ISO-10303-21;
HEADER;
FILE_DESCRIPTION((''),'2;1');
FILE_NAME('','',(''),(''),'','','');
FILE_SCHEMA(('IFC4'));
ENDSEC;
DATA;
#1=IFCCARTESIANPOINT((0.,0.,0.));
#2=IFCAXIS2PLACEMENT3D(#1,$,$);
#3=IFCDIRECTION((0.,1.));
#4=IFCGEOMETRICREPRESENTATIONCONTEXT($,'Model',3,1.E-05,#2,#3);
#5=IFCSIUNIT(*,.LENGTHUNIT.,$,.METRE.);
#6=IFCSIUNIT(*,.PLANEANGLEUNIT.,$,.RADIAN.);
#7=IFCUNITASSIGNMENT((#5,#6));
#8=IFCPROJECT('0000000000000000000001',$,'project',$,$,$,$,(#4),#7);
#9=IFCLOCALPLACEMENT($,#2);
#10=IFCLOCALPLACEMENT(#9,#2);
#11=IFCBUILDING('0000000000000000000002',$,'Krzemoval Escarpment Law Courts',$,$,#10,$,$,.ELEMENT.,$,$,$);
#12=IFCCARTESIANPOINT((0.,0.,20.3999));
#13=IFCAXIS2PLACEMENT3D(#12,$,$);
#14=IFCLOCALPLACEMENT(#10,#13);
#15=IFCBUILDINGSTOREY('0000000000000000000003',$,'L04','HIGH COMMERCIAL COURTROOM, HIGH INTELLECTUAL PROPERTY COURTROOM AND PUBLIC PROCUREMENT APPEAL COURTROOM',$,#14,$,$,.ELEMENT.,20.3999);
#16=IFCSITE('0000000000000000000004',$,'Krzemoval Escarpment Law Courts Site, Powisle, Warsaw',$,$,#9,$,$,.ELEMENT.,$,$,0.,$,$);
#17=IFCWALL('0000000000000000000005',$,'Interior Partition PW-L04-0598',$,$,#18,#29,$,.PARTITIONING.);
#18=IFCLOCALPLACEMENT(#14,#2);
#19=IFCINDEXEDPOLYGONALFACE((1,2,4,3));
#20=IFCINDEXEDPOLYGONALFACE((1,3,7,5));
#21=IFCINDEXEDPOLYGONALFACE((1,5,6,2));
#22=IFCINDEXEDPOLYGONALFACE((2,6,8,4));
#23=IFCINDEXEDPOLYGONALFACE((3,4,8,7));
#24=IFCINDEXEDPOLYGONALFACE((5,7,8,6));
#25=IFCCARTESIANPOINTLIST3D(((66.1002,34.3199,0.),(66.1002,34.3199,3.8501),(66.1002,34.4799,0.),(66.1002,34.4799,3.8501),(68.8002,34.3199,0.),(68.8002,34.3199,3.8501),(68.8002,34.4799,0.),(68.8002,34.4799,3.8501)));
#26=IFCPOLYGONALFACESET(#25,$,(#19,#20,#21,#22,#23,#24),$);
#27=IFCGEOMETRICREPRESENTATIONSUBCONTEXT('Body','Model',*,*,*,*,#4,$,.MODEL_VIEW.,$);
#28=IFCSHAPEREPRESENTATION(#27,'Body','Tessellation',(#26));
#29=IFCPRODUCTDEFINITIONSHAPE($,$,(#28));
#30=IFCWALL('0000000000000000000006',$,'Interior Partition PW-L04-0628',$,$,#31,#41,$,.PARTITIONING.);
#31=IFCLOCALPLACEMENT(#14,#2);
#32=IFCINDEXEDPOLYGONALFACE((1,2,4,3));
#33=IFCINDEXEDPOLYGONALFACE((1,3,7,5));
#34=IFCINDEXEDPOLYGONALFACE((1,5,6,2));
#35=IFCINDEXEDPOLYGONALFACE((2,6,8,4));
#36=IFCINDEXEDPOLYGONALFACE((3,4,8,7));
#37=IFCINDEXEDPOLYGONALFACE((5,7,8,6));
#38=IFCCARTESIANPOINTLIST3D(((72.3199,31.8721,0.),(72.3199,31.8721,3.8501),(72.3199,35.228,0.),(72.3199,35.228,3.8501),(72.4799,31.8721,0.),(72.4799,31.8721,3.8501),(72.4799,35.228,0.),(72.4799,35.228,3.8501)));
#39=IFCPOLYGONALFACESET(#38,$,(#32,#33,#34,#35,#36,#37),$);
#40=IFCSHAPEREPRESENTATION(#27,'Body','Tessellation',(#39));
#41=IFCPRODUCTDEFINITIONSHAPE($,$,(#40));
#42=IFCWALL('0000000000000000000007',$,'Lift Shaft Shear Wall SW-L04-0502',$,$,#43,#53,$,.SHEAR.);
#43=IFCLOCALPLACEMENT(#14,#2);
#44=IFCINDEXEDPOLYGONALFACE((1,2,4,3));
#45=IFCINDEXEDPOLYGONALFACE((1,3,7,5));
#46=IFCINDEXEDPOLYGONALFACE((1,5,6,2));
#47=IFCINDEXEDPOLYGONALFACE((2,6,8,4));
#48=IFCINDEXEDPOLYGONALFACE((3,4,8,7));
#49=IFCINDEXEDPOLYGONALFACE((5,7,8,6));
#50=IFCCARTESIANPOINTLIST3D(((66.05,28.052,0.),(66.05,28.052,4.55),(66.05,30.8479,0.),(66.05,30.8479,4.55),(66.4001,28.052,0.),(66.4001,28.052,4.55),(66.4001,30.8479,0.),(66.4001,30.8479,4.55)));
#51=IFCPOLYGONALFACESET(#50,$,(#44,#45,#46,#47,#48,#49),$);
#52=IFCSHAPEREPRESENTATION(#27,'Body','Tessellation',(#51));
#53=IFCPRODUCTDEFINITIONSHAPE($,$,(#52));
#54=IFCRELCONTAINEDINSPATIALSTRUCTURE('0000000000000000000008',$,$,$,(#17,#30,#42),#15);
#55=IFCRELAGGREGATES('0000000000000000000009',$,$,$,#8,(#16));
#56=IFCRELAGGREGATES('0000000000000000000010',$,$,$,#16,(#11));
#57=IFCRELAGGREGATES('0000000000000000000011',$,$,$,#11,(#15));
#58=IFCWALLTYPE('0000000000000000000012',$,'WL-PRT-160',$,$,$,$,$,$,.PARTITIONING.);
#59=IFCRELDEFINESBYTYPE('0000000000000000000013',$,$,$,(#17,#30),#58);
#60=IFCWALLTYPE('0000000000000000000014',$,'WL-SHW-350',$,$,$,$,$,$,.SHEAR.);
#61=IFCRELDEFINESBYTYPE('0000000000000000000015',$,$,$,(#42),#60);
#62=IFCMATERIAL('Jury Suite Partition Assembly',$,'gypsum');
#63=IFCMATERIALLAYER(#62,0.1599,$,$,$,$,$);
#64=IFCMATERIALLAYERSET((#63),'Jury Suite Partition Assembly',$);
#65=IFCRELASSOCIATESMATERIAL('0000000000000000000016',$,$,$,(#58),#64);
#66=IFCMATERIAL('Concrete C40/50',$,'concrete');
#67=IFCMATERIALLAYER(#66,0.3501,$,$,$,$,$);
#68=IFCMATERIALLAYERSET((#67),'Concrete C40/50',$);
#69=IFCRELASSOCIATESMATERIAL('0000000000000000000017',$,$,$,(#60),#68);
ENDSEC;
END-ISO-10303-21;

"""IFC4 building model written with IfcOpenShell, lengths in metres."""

from ifc_helpers import new_model, si_unit, direction, frame, frame_2d, origin, place, context, subcontext, project, spatial, rectangle, extrude, material, layer, layer_set, type_object, element, save


model = new_model("IFC4")

# Units and contexts
model_context = context("Model", 3, precision=1e-05, world=origin(), true_north=direction((0.0, 1.0)))
body_context = subcontext(model_context, "Body", "Model", "MODEL_VIEW")
ifc_project = project(units=[si_unit("LENGTHUNIT", "METRE"), si_unit("PLANEANGLEUNIT", "RADIAN")], contexts=[model_context])

# Site, building, storey
site_placement = place(None, origin())
site = spatial("IfcSite", under=ifc_project, at=site_placement, Name="Krzemoval Escarpment Law Courts Site, Powisle, Warsaw", CompositionType="ELEMENT", RefElevation=0.0)
building_placement = place(site_placement, origin())
building = spatial("IfcBuilding", under=site, at=building_placement, Name="Krzemoval Escarpment Law Courts", CompositionType="ELEMENT")
storey_placement = place(building_placement, frame((0.0, 0.0, 20.3999)))
storey = spatial("IfcBuildingStorey", under=building, at=storey_placement, Name="L04", Description="HIGH COMMERCIAL COURTROOM, HIGH INTELLECTUAL PROPERTY COURTROOM AND PUBLIC PROCUREMENT APPEAL COURTROOM", CompositionType="ELEMENT", Elevation=20.3999)

# Walls
ifc_material_1 = material(Name="Jury Suite Partition Assembly", Category="gypsum")
ifc_layer_1 = layer(ifc_material_1, 0.1599)
ifc_layer_set_1 = layer_set([ifc_layer_1], Name="Jury Suite Partition Assembly")
wall_type_1 = type_object("IfcWallType", Name="WL-PRT-160", PredefinedType="PARTITIONING", material=ifc_layer_set_1)
wall_1_placement = place(storey_placement, frame((66.1001, 34.3999, 0.0), z_axis=(0.0, 0.0, 1.0), x_axis=(1.0, 0.0, 0.0)))
element("IfcWall", 1, at=wall_1_placement, inside=storey, type_object=wall_type_1, Name="Interior Partition PW-L04-0598", PredefinedType="PARTITIONING", context=body_context, shape_type="SweptSolid", body=[
    extrude(rectangle(XDim=2.7, YDim=0.1599, at=frame_2d((1.3501, 0.0))), origin(), (0.0, 0.0, 1.0), 3.8501),
])
wall_2_placement = place(storey_placement, frame((72.3999, 31.8721, 0.0), z_axis=(0.0, 0.0, 1.0), x_axis=(0.0, 1.0, 0.0)))
element("IfcWall", 2, at=wall_2_placement, inside=storey, type_object=wall_type_1, Name="Interior Partition PW-L04-0628", PredefinedType="PARTITIONING", context=body_context, shape_type="SweptSolid", body=[
    extrude(rectangle(XDim=3.356, YDim=0.1599, at=frame_2d((1.678, 0.0))), origin(), (0.0, 0.0, 1.0), 3.8501),
])
ifc_material_2 = material(Name="Concrete C40/50", Category="concrete")
ifc_layer_2 = layer(ifc_material_2, 0.3501)
ifc_layer_set_2 = layer_set([ifc_layer_2], Name="Concrete C40/50")
wall_type_2 = type_object("IfcWallType", Name="WL-SHW-350", PredefinedType="SHEAR", material=ifc_layer_set_2)
wall_3_placement = place(storey_placement, frame((66.2251, 28.052, 0.0), z_axis=(0.0, 0.0, 1.0), x_axis=(0.0, 1.0, 0.0)))
element("IfcWall", 3, at=wall_3_placement, inside=storey, type_object=wall_type_2, Name="Lift Shaft Shear Wall SW-L04-0502", PredefinedType="SHEAR", context=body_context, shape_type="SweptSolid", body=[
    extrude(rectangle(XDim=2.7959, YDim=0.3501, at=frame_2d((1.3979, 0.0))), origin(), (0.0, 0.0, 1.0), 4.55),
])

save(model, "model.ifc")
